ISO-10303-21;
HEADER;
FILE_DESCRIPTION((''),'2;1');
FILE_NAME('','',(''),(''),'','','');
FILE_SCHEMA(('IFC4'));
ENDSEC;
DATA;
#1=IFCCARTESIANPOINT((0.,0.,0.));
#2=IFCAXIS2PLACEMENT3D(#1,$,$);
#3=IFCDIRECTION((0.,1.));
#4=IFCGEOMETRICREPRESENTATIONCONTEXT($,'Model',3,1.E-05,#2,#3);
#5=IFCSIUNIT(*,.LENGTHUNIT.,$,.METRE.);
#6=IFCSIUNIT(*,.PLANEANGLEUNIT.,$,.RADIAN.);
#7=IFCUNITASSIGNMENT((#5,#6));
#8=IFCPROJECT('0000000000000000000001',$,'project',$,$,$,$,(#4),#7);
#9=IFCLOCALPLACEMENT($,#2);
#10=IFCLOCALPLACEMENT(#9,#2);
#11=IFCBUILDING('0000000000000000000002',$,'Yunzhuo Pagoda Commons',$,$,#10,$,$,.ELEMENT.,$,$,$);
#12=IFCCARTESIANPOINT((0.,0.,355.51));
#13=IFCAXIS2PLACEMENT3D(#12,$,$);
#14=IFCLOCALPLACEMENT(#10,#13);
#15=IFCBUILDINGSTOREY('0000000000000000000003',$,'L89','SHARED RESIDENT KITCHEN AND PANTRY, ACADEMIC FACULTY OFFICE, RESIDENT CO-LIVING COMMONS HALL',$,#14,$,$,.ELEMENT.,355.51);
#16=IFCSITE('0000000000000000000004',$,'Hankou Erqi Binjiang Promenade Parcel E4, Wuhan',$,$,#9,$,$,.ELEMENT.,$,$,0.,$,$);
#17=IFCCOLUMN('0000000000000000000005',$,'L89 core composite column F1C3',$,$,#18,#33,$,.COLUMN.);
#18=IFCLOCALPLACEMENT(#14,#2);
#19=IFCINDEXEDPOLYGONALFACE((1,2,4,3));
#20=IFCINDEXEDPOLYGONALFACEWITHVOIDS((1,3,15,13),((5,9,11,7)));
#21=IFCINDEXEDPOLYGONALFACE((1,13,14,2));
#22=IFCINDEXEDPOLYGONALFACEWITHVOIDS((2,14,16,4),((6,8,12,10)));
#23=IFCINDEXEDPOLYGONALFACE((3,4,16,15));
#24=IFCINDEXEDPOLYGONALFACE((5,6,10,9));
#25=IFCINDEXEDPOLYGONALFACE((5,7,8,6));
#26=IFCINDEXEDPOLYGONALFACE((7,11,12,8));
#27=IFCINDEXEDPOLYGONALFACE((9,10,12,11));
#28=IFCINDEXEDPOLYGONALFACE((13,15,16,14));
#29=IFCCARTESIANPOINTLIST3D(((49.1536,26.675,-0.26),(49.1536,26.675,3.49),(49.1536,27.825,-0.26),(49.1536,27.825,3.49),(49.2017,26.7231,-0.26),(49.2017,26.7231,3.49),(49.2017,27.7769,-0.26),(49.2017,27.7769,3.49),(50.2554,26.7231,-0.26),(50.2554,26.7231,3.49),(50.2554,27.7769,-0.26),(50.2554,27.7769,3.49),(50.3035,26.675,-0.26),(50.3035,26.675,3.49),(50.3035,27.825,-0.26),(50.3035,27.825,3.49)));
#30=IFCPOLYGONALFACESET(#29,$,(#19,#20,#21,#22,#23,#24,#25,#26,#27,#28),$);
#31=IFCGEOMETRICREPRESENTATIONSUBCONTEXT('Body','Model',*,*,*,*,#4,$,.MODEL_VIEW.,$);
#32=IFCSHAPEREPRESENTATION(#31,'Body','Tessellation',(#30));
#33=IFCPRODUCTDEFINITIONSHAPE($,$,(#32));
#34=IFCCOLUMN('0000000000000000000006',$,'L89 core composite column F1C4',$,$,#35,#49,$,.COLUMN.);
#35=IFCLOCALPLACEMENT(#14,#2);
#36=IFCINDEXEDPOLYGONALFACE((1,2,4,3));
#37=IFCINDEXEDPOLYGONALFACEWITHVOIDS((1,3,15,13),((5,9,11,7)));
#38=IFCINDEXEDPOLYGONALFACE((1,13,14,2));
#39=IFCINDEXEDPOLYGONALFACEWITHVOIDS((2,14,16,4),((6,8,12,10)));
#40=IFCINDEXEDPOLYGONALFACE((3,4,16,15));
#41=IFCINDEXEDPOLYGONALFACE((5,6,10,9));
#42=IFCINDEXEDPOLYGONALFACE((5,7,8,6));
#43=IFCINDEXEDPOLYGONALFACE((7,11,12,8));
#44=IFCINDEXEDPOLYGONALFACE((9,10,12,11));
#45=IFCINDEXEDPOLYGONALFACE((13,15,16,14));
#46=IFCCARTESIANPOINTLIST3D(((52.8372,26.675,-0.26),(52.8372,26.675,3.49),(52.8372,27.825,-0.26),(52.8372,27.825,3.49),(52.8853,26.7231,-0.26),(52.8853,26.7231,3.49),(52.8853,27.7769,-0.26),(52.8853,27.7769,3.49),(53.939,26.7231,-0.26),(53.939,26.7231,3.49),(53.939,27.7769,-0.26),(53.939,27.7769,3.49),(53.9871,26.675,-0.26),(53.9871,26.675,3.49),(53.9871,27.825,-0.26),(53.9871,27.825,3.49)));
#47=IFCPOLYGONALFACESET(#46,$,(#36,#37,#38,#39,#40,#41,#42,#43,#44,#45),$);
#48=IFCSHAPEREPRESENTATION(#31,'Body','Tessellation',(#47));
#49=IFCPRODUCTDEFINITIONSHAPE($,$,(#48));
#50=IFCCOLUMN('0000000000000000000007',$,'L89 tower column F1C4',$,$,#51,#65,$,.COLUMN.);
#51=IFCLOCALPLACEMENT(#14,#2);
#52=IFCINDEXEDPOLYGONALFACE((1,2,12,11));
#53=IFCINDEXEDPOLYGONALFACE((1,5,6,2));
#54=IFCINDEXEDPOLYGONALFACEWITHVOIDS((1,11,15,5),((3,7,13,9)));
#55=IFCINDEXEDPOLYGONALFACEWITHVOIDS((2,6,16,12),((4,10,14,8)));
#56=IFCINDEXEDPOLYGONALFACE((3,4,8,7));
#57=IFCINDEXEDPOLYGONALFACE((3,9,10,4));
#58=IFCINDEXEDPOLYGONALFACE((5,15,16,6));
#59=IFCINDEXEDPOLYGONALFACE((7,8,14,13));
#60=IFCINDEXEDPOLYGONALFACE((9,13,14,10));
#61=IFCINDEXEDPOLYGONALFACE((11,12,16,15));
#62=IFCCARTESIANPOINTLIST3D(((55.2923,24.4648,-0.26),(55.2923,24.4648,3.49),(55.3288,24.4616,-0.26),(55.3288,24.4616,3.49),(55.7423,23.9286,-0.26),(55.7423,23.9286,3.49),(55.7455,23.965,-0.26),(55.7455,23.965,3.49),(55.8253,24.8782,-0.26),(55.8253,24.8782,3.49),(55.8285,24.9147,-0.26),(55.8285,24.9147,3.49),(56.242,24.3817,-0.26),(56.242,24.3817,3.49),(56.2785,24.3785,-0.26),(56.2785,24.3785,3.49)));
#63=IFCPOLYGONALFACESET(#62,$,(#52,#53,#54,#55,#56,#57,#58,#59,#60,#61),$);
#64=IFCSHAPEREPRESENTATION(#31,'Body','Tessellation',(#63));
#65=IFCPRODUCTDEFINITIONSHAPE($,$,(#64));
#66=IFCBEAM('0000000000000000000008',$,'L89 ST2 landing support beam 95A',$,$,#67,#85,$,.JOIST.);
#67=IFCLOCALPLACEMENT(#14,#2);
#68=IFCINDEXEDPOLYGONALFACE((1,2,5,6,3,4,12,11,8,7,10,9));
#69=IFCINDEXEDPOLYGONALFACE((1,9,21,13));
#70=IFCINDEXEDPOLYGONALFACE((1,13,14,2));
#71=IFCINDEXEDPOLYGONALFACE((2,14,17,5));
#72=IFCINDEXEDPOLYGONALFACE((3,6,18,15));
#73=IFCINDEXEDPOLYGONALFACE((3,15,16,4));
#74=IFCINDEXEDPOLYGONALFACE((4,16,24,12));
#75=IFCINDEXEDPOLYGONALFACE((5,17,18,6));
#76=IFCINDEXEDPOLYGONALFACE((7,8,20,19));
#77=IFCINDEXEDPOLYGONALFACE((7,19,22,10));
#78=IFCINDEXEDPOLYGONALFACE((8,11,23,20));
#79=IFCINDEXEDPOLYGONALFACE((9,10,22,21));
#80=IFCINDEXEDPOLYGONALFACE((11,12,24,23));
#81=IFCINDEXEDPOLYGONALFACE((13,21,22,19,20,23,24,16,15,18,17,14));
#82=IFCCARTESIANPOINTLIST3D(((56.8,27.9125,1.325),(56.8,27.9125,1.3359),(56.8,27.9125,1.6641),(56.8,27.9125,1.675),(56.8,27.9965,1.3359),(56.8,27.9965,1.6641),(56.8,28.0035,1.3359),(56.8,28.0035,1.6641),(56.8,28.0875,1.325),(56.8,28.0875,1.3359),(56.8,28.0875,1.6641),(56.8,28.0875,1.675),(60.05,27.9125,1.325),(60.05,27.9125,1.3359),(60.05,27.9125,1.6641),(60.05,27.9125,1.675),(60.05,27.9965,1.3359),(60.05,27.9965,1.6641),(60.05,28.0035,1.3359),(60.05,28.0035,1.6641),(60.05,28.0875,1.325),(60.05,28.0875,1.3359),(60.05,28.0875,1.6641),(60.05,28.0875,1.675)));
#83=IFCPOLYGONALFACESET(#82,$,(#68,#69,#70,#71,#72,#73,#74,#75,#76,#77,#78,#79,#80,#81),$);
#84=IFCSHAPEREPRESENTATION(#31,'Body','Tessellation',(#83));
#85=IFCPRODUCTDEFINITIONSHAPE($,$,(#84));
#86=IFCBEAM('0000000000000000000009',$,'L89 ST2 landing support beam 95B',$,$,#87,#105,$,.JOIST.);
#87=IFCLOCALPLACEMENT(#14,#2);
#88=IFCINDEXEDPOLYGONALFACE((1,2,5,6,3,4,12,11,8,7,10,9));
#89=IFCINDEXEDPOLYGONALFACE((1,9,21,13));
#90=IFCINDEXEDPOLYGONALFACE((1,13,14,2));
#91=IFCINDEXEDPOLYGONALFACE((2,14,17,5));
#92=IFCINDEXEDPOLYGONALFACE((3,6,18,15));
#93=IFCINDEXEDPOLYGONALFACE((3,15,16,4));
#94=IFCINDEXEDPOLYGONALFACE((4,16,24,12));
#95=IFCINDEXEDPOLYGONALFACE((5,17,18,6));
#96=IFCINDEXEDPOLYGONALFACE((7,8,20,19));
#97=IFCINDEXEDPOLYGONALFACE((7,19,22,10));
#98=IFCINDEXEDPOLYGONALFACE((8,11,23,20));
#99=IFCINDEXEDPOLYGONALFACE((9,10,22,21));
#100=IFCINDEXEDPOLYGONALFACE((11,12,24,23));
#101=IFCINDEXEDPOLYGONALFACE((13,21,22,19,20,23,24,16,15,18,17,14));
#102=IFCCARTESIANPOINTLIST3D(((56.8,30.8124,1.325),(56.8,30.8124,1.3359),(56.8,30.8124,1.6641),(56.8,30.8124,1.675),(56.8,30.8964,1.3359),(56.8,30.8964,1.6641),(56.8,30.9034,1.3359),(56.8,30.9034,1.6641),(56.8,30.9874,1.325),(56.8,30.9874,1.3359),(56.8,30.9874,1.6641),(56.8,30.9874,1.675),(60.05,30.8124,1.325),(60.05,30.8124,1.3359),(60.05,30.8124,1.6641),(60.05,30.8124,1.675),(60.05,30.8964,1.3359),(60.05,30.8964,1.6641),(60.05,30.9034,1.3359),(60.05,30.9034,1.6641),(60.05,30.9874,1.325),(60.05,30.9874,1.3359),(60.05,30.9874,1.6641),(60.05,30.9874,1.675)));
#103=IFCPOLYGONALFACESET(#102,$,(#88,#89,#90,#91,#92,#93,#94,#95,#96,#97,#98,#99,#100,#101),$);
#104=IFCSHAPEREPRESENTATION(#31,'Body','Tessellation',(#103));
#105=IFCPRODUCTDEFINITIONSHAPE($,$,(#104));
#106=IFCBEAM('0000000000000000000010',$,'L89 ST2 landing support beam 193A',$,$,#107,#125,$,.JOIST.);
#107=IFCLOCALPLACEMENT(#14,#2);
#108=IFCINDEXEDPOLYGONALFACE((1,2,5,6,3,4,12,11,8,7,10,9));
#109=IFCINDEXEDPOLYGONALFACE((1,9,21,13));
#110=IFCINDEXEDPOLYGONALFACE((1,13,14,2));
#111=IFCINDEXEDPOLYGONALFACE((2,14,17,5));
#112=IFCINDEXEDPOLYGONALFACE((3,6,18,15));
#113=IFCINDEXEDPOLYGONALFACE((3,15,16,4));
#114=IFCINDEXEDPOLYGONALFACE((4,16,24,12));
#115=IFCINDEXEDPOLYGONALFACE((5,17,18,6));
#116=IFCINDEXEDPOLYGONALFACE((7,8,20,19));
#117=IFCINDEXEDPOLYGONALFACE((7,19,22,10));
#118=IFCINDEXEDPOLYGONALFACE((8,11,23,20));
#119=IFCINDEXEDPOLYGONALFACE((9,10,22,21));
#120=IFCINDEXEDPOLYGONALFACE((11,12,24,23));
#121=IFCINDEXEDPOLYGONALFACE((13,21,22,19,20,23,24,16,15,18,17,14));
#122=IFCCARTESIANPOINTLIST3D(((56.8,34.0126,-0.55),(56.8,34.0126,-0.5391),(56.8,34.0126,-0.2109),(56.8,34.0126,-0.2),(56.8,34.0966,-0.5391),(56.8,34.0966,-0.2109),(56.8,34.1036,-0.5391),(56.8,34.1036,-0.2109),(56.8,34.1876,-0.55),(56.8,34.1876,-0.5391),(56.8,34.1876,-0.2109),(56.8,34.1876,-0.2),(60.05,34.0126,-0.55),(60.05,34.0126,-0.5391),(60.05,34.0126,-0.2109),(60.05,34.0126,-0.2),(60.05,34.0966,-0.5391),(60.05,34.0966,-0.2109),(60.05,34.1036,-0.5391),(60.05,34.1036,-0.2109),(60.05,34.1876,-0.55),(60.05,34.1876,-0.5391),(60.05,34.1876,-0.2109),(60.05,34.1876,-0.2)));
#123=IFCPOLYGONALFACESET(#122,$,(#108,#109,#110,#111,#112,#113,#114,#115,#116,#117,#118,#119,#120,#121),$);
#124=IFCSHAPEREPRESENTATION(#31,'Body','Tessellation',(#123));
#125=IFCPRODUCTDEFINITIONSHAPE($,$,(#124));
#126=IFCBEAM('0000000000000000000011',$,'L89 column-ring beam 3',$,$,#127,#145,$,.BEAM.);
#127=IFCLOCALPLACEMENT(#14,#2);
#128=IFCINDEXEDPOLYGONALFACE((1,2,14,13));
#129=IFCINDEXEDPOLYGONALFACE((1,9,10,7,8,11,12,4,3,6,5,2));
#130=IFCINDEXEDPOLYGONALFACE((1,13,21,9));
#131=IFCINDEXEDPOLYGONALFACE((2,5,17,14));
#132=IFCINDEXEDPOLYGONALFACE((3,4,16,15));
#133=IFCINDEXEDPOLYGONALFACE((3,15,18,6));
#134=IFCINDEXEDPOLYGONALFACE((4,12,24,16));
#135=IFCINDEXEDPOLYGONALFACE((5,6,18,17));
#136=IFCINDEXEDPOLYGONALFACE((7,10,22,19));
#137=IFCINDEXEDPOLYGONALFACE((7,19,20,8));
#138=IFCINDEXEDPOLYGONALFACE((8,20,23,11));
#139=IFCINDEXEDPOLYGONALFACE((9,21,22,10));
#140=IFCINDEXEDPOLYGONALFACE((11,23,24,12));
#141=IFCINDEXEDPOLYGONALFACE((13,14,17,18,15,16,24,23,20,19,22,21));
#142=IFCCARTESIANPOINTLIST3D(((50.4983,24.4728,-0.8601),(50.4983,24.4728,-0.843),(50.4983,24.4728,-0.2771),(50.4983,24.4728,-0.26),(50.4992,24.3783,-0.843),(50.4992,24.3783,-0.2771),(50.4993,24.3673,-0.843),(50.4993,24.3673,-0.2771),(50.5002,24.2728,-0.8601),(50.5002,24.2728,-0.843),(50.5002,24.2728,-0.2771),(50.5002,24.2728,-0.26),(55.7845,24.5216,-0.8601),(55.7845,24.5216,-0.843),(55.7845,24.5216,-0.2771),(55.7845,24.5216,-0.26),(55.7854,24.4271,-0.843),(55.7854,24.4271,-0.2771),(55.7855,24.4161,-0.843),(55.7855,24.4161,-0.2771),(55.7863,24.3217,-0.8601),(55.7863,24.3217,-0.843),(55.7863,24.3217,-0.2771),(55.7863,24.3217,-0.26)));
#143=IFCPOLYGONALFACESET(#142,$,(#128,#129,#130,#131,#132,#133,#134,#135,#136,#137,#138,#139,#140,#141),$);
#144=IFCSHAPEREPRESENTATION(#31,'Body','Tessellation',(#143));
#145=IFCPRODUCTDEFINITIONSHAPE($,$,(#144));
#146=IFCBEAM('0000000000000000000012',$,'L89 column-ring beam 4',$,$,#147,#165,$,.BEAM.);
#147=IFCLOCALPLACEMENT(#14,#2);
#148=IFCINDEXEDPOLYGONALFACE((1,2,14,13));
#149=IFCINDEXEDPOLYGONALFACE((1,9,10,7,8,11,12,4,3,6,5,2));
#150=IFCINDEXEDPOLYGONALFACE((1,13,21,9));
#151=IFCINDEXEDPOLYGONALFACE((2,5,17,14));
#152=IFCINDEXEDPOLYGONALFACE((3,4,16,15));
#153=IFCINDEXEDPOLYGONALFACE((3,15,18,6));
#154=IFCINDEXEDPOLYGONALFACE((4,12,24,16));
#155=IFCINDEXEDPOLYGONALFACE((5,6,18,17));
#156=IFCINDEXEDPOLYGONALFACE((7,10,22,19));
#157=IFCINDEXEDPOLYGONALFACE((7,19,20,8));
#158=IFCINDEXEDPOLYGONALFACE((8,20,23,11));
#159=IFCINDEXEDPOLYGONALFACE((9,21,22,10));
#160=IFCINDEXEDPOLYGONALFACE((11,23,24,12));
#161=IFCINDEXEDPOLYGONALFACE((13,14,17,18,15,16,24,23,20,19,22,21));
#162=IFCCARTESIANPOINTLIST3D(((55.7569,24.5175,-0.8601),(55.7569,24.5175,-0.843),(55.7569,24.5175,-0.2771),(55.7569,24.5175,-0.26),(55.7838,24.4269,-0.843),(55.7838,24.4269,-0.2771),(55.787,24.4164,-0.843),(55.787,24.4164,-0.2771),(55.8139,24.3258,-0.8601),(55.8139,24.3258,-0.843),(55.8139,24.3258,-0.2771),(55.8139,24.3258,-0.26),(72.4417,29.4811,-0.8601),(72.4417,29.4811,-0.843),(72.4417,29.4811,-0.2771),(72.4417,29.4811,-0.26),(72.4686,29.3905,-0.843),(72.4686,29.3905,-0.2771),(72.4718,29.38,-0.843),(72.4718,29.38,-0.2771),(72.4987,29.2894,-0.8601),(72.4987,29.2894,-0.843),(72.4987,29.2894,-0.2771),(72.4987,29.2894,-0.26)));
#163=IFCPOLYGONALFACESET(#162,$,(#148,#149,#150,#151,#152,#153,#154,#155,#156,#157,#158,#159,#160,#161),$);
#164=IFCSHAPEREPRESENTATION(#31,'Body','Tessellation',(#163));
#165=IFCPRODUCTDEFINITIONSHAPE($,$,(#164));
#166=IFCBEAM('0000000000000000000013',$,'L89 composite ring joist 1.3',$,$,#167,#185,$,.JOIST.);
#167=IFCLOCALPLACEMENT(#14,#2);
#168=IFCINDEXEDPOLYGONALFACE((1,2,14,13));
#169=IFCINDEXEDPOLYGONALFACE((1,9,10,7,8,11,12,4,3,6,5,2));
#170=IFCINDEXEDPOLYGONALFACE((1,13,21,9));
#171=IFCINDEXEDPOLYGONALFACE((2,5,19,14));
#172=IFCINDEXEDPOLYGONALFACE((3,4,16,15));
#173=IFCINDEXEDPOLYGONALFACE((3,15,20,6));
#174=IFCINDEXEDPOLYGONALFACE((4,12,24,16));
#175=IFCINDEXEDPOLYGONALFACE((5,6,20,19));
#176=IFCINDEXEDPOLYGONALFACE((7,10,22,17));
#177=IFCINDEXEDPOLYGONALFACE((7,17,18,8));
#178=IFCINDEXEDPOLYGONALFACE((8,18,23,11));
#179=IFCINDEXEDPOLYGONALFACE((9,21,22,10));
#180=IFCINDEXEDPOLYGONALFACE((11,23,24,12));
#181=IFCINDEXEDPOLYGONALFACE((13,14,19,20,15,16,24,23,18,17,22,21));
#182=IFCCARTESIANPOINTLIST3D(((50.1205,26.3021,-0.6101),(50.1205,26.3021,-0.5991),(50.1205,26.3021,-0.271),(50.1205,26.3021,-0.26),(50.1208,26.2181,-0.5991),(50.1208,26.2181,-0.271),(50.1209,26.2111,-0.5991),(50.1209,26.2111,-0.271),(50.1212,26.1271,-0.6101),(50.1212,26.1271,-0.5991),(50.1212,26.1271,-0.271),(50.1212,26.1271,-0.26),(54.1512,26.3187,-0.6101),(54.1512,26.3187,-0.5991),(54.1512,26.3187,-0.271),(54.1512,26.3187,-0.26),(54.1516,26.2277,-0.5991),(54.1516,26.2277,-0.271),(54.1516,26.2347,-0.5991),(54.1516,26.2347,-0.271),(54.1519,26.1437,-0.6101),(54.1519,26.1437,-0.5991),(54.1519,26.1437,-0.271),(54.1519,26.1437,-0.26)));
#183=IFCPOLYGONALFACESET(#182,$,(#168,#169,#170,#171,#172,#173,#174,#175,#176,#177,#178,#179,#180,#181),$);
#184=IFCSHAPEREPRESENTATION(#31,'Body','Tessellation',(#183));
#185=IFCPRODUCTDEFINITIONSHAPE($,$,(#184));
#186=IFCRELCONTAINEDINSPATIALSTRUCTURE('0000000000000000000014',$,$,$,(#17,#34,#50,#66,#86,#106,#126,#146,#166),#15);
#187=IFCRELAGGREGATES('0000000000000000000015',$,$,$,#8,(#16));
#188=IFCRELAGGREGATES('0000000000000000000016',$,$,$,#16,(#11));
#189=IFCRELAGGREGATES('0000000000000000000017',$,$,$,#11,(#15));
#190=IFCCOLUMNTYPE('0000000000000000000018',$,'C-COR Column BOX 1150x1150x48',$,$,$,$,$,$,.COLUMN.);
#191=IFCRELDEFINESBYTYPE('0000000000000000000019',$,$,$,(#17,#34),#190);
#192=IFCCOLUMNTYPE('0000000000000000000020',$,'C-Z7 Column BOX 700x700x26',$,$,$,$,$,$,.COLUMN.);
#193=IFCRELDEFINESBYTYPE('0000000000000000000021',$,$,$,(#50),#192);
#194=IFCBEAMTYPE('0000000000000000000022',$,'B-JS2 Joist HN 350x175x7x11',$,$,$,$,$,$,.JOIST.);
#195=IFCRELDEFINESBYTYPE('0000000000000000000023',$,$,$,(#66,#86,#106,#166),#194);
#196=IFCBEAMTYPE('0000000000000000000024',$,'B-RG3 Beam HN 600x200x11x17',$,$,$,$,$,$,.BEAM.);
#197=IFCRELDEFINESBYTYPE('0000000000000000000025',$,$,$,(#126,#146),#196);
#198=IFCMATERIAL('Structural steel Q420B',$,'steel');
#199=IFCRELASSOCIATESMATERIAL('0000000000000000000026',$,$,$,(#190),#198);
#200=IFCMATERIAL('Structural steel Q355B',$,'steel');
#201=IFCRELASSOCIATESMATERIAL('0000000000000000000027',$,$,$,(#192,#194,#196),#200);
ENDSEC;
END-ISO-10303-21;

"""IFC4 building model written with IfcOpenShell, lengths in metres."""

from ifc_helpers import new_model, si_unit, direction, frame, origin, origin_2d, place, context, subcontext, project, spatial, hollow_rectangle, i_section, extrude, source, transform, mapped, material, material_profile, profile_set, type_object, element, save


model = new_model("IFC4")

# Units and contexts
model_context = context("Model", 3, precision=1e-05, world=origin(), true_north=direction((0.0, 1.0)))
body_context = subcontext(model_context, "Body", "Model", "MODEL_VIEW")
ifc_project = project(units=[si_unit("LENGTHUNIT", "METRE"), si_unit("PLANEANGLEUNIT", "RADIAN")], contexts=[model_context])

# Site, building, storey
site_placement = place(None, origin())
site = spatial("IfcSite", under=ifc_project, at=site_placement, Name="Hankou Erqi Binjiang Promenade Parcel E4, Wuhan", CompositionType="ELEMENT", RefElevation=0.0)
building_placement = place(site_placement, origin())
building = spatial("IfcBuilding", under=site, at=building_placement, Name="Yunzhuo Pagoda Commons", CompositionType="ELEMENT")
storey_placement = place(building_placement, frame((0.0, 0.0, 355.51)))
storey = spatial("IfcBuildingStorey", under=building, at=storey_placement, Name="L89", Description="SHARED RESIDENT KITCHEN AND PANTRY, ACADEMIC FACULTY OFFICE, RESIDENT CO-LIVING COMMONS HALL", CompositionType="ELEMENT", Elevation=355.51)

# Columns
ifc_material_1 = material(Name="Structural steel Q420B", Category="steel")
ifc_material_profile_1 = material_profile(ifc_material_1, hollow_rectangle(XDim=1.1499, YDim=1.1499, WallThickness=0.0481, at=origin_2d()), Name="Structural steel Q420B")
ifc_profile_set_1 = profile_set([ifc_material_profile_1], Name="Structural steel Q420B")
column_type_1 = type_object("IfcColumnType", Name="C-COR Column BOX 1150x1150x48", PredefinedType="COLUMN", material=ifc_profile_set_1)
shared_shape_1 = source(origin(), body_context, "Body", "SweptSolid", [
    extrude(hollow_rectangle(XDim=1.1499, YDim=1.1499, WallThickness=0.0481, at=origin_2d()), origin(), (0.0, 0.0, 1.0), 3.75),
])
for number, where, z_axis, x_axis, name in (
    (1, (49.7285, 27.25, -0.26), (0.0, 0.0, 1.0), (1.0, 0.0, 0.0), "L89 core composite column F1C3"),
    (2, (53.4121, 27.25, -0.26), (0.0, 0.0, 1.0), (1.0, 0.0, 0.0), "L89 core composite column F1C4"),
):
    element("IfcColumn", number, at=place(storey_placement, frame(where, z_axis=z_axis, x_axis=x_axis)), inside=storey, type_object=column_type_1, Name=name, PredefinedType="COLUMN", context=body_context, shape_type="MappedRepresentation", body=[
        mapped(shared_shape_1, transform((0.0, 0.0, 0.0), scale=1.0)),
    ])
ifc_material_2 = material(Name="Structural steel Q355B", Category="steel")
ifc_material_profile_2 = material_profile(ifc_material_2, hollow_rectangle(XDim=0.7, YDim=0.7, WallThickness=0.0259, at=origin_2d()), Name="Structural steel Q355B")
ifc_profile_set_2 = profile_set([ifc_material_profile_2], Name="Structural steel Q355B")
column_type_2 = type_object("IfcColumnType", Name="C-Z7 Column BOX 700x700x26", PredefinedType="COLUMN", material=ifc_profile_set_2)
shared_shape_2 = source(origin(), body_context, "Body", "SweptSolid", [
    extrude(hollow_rectangle(XDim=0.7, YDim=0.7, WallThickness=0.0259, at=origin_2d()), origin(), (0.0, 0.0, 1.0), 3.75),
])
column_placement = place(storey_placement, frame((55.7854, 24.4216, -0.26), z_axis=(0.0, 0.0, 1.0), x_axis=(0.766044, 0.642788, 0.0)))
element("IfcColumn", 3, at=column_placement, inside=storey, type_object=column_type_2, Name="L89 tower column F1C4", PredefinedType="COLUMN", context=body_context, shape_type="MappedRepresentation", body=[
    mapped(shared_shape_2, transform((0.0, 0.0, 0.0), scale=1.0)),
])

# Beams
ifc_material_profile_3 = material_profile(ifc_material_2, i_section(OverallWidth=0.175, OverallDepth=0.3501, WebThickness=0.0071, FlangeThickness=0.011, at=origin_2d()), Name="Structural steel Q355B")
ifc_profile_set_3 = profile_set([ifc_material_profile_3], Name="Structural steel Q355B")
beam_type_1 = type_object("IfcBeamType", Name="B-JS2 Joist HN 350x175x7x11", PredefinedType="JOIST", material=ifc_profile_set_3)
shared_shape_3 = source(origin(), body_context, "Body", "SweptSolid", [
    extrude(i_section(OverallWidth=0.175, OverallDepth=0.3501, WebThickness=0.0071, FlangeThickness=0.011, at=origin_2d()), origin(), (0.0, 0.0, 1.0), 3.25),
])
for number, where, z_axis, x_axis, name in (
    (4, (56.8, 28.0, 1.5), (1.0, 0.0, 0.0), (0.0, 1.0, 0.0), "L89 ST2 landing support beam 95A"),
    (5, (56.8, 30.8999, 1.5), (1.0, 0.0, 0.0), (0.0, 1.0, 0.0), "L89 ST2 landing support beam 95B"),
    (6, (56.8, 34.1001, -0.375), (1.0, 0.0, 0.0), (0.0, 1.0, 0.0), "L89 ST2 landing support beam 193A"),
):
    element("IfcBeam", number, at=place(storey_placement, frame(where, z_axis=z_axis, x_axis=x_axis)), inside=storey, type_object=beam_type_1, Name=name, PredefinedType="JOIST", context=body_context, shape_type="MappedRepresentation", body=[
        mapped(shared_shape_3, transform((0.0, 0.0, 0.0), scale=1.0)),
    ])
ifc_material_profile_4 = material_profile(ifc_material_2, i_section(OverallWidth=0.2, OverallDepth=0.6001, WebThickness=0.011, FlangeThickness=0.0171, at=origin_2d()), Name="Structural steel Q355B")
ifc_profile_set_4 = profile_set([ifc_material_profile_4], Name="Structural steel Q355B")
beam_type_2 = type_object("IfcBeamType", Name="B-RG3 Beam HN 600x200x11x17", PredefinedType="BEAM", material=ifc_profile_set_4)
shared_shape_4 = source(origin(), body_context, "Body", "SweptSolid", [
    extrude(i_section(OverallWidth=0.2, OverallDepth=0.6001, WebThickness=0.011, FlangeThickness=0.0171, at=origin_2d()), origin(), (0.0, 0.0, 1.0), 5.2864),
])
beam_1_placement = place(storey_placement, frame((50.4993, 24.3728, -0.5601), z_axis=(0.999957, 0.009237, 0.0), x_axis=(-0.009237, 0.999957, 0.0)))
element("IfcBeam", 7, at=beam_1_placement, inside=storey, type_object=beam_type_2, Name="L89 column-ring beam 3", PredefinedType="BEAM", context=body_context, shape_type="MappedRepresentation", body=[
    mapped(shared_shape_4, transform((0.0, 0.0, 0.0), scale=1.0)),
])
shared_shape_5 = source(origin(), body_context, "Body", "SweptSolid", [
    extrude(i_section(OverallWidth=0.2, OverallDepth=0.6001, WebThickness=0.011, FlangeThickness=0.0171, at=origin_2d()), origin(), (0.0, 0.0, 1.0), 17.4075),
])
beam_2_placement = place(storey_placement, frame((55.7854, 24.4216, -0.5601), z_axis=(0.958485, 0.285143, 0.0), x_axis=(-0.285143, 0.958485, 0.0)))
element("IfcBeam", 8, at=beam_2_placement, inside=storey, type_object=beam_type_2, Name="L89 column-ring beam 4", PredefinedType="BEAM", context=body_context, shape_type="MappedRepresentation", body=[
    mapped(shared_shape_5, transform((0.0, 0.0, 0.0), scale=1.0)),
])
shared_shape_6 = source(origin(), body_context, "Body", "SweptSolid", [
    extrude(i_section(OverallWidth=0.175, OverallDepth=0.3501, WebThickness=0.0071, FlangeThickness=0.011, at=origin_2d()), origin(), (0.0, 0.0, 1.0), 4.0308),
])
beam_3_placement = place(storey_placement, frame((50.1208, 26.2146, -0.4351), z_axis=(0.999992, 0.004119, 0.0), x_axis=(-0.004119, 0.999992, 0.0)))
element("IfcBeam", 9, at=beam_3_placement, inside=storey, type_object=beam_type_1, Name="L89 composite ring joist 1.3", PredefinedType="JOIST", context=body_context, shape_type="MappedRepresentation", body=[
    mapped(shared_shape_6, transform((0.0, 0.0, 0.0), scale=1.0)),
])

save(model, "model.ifc")
